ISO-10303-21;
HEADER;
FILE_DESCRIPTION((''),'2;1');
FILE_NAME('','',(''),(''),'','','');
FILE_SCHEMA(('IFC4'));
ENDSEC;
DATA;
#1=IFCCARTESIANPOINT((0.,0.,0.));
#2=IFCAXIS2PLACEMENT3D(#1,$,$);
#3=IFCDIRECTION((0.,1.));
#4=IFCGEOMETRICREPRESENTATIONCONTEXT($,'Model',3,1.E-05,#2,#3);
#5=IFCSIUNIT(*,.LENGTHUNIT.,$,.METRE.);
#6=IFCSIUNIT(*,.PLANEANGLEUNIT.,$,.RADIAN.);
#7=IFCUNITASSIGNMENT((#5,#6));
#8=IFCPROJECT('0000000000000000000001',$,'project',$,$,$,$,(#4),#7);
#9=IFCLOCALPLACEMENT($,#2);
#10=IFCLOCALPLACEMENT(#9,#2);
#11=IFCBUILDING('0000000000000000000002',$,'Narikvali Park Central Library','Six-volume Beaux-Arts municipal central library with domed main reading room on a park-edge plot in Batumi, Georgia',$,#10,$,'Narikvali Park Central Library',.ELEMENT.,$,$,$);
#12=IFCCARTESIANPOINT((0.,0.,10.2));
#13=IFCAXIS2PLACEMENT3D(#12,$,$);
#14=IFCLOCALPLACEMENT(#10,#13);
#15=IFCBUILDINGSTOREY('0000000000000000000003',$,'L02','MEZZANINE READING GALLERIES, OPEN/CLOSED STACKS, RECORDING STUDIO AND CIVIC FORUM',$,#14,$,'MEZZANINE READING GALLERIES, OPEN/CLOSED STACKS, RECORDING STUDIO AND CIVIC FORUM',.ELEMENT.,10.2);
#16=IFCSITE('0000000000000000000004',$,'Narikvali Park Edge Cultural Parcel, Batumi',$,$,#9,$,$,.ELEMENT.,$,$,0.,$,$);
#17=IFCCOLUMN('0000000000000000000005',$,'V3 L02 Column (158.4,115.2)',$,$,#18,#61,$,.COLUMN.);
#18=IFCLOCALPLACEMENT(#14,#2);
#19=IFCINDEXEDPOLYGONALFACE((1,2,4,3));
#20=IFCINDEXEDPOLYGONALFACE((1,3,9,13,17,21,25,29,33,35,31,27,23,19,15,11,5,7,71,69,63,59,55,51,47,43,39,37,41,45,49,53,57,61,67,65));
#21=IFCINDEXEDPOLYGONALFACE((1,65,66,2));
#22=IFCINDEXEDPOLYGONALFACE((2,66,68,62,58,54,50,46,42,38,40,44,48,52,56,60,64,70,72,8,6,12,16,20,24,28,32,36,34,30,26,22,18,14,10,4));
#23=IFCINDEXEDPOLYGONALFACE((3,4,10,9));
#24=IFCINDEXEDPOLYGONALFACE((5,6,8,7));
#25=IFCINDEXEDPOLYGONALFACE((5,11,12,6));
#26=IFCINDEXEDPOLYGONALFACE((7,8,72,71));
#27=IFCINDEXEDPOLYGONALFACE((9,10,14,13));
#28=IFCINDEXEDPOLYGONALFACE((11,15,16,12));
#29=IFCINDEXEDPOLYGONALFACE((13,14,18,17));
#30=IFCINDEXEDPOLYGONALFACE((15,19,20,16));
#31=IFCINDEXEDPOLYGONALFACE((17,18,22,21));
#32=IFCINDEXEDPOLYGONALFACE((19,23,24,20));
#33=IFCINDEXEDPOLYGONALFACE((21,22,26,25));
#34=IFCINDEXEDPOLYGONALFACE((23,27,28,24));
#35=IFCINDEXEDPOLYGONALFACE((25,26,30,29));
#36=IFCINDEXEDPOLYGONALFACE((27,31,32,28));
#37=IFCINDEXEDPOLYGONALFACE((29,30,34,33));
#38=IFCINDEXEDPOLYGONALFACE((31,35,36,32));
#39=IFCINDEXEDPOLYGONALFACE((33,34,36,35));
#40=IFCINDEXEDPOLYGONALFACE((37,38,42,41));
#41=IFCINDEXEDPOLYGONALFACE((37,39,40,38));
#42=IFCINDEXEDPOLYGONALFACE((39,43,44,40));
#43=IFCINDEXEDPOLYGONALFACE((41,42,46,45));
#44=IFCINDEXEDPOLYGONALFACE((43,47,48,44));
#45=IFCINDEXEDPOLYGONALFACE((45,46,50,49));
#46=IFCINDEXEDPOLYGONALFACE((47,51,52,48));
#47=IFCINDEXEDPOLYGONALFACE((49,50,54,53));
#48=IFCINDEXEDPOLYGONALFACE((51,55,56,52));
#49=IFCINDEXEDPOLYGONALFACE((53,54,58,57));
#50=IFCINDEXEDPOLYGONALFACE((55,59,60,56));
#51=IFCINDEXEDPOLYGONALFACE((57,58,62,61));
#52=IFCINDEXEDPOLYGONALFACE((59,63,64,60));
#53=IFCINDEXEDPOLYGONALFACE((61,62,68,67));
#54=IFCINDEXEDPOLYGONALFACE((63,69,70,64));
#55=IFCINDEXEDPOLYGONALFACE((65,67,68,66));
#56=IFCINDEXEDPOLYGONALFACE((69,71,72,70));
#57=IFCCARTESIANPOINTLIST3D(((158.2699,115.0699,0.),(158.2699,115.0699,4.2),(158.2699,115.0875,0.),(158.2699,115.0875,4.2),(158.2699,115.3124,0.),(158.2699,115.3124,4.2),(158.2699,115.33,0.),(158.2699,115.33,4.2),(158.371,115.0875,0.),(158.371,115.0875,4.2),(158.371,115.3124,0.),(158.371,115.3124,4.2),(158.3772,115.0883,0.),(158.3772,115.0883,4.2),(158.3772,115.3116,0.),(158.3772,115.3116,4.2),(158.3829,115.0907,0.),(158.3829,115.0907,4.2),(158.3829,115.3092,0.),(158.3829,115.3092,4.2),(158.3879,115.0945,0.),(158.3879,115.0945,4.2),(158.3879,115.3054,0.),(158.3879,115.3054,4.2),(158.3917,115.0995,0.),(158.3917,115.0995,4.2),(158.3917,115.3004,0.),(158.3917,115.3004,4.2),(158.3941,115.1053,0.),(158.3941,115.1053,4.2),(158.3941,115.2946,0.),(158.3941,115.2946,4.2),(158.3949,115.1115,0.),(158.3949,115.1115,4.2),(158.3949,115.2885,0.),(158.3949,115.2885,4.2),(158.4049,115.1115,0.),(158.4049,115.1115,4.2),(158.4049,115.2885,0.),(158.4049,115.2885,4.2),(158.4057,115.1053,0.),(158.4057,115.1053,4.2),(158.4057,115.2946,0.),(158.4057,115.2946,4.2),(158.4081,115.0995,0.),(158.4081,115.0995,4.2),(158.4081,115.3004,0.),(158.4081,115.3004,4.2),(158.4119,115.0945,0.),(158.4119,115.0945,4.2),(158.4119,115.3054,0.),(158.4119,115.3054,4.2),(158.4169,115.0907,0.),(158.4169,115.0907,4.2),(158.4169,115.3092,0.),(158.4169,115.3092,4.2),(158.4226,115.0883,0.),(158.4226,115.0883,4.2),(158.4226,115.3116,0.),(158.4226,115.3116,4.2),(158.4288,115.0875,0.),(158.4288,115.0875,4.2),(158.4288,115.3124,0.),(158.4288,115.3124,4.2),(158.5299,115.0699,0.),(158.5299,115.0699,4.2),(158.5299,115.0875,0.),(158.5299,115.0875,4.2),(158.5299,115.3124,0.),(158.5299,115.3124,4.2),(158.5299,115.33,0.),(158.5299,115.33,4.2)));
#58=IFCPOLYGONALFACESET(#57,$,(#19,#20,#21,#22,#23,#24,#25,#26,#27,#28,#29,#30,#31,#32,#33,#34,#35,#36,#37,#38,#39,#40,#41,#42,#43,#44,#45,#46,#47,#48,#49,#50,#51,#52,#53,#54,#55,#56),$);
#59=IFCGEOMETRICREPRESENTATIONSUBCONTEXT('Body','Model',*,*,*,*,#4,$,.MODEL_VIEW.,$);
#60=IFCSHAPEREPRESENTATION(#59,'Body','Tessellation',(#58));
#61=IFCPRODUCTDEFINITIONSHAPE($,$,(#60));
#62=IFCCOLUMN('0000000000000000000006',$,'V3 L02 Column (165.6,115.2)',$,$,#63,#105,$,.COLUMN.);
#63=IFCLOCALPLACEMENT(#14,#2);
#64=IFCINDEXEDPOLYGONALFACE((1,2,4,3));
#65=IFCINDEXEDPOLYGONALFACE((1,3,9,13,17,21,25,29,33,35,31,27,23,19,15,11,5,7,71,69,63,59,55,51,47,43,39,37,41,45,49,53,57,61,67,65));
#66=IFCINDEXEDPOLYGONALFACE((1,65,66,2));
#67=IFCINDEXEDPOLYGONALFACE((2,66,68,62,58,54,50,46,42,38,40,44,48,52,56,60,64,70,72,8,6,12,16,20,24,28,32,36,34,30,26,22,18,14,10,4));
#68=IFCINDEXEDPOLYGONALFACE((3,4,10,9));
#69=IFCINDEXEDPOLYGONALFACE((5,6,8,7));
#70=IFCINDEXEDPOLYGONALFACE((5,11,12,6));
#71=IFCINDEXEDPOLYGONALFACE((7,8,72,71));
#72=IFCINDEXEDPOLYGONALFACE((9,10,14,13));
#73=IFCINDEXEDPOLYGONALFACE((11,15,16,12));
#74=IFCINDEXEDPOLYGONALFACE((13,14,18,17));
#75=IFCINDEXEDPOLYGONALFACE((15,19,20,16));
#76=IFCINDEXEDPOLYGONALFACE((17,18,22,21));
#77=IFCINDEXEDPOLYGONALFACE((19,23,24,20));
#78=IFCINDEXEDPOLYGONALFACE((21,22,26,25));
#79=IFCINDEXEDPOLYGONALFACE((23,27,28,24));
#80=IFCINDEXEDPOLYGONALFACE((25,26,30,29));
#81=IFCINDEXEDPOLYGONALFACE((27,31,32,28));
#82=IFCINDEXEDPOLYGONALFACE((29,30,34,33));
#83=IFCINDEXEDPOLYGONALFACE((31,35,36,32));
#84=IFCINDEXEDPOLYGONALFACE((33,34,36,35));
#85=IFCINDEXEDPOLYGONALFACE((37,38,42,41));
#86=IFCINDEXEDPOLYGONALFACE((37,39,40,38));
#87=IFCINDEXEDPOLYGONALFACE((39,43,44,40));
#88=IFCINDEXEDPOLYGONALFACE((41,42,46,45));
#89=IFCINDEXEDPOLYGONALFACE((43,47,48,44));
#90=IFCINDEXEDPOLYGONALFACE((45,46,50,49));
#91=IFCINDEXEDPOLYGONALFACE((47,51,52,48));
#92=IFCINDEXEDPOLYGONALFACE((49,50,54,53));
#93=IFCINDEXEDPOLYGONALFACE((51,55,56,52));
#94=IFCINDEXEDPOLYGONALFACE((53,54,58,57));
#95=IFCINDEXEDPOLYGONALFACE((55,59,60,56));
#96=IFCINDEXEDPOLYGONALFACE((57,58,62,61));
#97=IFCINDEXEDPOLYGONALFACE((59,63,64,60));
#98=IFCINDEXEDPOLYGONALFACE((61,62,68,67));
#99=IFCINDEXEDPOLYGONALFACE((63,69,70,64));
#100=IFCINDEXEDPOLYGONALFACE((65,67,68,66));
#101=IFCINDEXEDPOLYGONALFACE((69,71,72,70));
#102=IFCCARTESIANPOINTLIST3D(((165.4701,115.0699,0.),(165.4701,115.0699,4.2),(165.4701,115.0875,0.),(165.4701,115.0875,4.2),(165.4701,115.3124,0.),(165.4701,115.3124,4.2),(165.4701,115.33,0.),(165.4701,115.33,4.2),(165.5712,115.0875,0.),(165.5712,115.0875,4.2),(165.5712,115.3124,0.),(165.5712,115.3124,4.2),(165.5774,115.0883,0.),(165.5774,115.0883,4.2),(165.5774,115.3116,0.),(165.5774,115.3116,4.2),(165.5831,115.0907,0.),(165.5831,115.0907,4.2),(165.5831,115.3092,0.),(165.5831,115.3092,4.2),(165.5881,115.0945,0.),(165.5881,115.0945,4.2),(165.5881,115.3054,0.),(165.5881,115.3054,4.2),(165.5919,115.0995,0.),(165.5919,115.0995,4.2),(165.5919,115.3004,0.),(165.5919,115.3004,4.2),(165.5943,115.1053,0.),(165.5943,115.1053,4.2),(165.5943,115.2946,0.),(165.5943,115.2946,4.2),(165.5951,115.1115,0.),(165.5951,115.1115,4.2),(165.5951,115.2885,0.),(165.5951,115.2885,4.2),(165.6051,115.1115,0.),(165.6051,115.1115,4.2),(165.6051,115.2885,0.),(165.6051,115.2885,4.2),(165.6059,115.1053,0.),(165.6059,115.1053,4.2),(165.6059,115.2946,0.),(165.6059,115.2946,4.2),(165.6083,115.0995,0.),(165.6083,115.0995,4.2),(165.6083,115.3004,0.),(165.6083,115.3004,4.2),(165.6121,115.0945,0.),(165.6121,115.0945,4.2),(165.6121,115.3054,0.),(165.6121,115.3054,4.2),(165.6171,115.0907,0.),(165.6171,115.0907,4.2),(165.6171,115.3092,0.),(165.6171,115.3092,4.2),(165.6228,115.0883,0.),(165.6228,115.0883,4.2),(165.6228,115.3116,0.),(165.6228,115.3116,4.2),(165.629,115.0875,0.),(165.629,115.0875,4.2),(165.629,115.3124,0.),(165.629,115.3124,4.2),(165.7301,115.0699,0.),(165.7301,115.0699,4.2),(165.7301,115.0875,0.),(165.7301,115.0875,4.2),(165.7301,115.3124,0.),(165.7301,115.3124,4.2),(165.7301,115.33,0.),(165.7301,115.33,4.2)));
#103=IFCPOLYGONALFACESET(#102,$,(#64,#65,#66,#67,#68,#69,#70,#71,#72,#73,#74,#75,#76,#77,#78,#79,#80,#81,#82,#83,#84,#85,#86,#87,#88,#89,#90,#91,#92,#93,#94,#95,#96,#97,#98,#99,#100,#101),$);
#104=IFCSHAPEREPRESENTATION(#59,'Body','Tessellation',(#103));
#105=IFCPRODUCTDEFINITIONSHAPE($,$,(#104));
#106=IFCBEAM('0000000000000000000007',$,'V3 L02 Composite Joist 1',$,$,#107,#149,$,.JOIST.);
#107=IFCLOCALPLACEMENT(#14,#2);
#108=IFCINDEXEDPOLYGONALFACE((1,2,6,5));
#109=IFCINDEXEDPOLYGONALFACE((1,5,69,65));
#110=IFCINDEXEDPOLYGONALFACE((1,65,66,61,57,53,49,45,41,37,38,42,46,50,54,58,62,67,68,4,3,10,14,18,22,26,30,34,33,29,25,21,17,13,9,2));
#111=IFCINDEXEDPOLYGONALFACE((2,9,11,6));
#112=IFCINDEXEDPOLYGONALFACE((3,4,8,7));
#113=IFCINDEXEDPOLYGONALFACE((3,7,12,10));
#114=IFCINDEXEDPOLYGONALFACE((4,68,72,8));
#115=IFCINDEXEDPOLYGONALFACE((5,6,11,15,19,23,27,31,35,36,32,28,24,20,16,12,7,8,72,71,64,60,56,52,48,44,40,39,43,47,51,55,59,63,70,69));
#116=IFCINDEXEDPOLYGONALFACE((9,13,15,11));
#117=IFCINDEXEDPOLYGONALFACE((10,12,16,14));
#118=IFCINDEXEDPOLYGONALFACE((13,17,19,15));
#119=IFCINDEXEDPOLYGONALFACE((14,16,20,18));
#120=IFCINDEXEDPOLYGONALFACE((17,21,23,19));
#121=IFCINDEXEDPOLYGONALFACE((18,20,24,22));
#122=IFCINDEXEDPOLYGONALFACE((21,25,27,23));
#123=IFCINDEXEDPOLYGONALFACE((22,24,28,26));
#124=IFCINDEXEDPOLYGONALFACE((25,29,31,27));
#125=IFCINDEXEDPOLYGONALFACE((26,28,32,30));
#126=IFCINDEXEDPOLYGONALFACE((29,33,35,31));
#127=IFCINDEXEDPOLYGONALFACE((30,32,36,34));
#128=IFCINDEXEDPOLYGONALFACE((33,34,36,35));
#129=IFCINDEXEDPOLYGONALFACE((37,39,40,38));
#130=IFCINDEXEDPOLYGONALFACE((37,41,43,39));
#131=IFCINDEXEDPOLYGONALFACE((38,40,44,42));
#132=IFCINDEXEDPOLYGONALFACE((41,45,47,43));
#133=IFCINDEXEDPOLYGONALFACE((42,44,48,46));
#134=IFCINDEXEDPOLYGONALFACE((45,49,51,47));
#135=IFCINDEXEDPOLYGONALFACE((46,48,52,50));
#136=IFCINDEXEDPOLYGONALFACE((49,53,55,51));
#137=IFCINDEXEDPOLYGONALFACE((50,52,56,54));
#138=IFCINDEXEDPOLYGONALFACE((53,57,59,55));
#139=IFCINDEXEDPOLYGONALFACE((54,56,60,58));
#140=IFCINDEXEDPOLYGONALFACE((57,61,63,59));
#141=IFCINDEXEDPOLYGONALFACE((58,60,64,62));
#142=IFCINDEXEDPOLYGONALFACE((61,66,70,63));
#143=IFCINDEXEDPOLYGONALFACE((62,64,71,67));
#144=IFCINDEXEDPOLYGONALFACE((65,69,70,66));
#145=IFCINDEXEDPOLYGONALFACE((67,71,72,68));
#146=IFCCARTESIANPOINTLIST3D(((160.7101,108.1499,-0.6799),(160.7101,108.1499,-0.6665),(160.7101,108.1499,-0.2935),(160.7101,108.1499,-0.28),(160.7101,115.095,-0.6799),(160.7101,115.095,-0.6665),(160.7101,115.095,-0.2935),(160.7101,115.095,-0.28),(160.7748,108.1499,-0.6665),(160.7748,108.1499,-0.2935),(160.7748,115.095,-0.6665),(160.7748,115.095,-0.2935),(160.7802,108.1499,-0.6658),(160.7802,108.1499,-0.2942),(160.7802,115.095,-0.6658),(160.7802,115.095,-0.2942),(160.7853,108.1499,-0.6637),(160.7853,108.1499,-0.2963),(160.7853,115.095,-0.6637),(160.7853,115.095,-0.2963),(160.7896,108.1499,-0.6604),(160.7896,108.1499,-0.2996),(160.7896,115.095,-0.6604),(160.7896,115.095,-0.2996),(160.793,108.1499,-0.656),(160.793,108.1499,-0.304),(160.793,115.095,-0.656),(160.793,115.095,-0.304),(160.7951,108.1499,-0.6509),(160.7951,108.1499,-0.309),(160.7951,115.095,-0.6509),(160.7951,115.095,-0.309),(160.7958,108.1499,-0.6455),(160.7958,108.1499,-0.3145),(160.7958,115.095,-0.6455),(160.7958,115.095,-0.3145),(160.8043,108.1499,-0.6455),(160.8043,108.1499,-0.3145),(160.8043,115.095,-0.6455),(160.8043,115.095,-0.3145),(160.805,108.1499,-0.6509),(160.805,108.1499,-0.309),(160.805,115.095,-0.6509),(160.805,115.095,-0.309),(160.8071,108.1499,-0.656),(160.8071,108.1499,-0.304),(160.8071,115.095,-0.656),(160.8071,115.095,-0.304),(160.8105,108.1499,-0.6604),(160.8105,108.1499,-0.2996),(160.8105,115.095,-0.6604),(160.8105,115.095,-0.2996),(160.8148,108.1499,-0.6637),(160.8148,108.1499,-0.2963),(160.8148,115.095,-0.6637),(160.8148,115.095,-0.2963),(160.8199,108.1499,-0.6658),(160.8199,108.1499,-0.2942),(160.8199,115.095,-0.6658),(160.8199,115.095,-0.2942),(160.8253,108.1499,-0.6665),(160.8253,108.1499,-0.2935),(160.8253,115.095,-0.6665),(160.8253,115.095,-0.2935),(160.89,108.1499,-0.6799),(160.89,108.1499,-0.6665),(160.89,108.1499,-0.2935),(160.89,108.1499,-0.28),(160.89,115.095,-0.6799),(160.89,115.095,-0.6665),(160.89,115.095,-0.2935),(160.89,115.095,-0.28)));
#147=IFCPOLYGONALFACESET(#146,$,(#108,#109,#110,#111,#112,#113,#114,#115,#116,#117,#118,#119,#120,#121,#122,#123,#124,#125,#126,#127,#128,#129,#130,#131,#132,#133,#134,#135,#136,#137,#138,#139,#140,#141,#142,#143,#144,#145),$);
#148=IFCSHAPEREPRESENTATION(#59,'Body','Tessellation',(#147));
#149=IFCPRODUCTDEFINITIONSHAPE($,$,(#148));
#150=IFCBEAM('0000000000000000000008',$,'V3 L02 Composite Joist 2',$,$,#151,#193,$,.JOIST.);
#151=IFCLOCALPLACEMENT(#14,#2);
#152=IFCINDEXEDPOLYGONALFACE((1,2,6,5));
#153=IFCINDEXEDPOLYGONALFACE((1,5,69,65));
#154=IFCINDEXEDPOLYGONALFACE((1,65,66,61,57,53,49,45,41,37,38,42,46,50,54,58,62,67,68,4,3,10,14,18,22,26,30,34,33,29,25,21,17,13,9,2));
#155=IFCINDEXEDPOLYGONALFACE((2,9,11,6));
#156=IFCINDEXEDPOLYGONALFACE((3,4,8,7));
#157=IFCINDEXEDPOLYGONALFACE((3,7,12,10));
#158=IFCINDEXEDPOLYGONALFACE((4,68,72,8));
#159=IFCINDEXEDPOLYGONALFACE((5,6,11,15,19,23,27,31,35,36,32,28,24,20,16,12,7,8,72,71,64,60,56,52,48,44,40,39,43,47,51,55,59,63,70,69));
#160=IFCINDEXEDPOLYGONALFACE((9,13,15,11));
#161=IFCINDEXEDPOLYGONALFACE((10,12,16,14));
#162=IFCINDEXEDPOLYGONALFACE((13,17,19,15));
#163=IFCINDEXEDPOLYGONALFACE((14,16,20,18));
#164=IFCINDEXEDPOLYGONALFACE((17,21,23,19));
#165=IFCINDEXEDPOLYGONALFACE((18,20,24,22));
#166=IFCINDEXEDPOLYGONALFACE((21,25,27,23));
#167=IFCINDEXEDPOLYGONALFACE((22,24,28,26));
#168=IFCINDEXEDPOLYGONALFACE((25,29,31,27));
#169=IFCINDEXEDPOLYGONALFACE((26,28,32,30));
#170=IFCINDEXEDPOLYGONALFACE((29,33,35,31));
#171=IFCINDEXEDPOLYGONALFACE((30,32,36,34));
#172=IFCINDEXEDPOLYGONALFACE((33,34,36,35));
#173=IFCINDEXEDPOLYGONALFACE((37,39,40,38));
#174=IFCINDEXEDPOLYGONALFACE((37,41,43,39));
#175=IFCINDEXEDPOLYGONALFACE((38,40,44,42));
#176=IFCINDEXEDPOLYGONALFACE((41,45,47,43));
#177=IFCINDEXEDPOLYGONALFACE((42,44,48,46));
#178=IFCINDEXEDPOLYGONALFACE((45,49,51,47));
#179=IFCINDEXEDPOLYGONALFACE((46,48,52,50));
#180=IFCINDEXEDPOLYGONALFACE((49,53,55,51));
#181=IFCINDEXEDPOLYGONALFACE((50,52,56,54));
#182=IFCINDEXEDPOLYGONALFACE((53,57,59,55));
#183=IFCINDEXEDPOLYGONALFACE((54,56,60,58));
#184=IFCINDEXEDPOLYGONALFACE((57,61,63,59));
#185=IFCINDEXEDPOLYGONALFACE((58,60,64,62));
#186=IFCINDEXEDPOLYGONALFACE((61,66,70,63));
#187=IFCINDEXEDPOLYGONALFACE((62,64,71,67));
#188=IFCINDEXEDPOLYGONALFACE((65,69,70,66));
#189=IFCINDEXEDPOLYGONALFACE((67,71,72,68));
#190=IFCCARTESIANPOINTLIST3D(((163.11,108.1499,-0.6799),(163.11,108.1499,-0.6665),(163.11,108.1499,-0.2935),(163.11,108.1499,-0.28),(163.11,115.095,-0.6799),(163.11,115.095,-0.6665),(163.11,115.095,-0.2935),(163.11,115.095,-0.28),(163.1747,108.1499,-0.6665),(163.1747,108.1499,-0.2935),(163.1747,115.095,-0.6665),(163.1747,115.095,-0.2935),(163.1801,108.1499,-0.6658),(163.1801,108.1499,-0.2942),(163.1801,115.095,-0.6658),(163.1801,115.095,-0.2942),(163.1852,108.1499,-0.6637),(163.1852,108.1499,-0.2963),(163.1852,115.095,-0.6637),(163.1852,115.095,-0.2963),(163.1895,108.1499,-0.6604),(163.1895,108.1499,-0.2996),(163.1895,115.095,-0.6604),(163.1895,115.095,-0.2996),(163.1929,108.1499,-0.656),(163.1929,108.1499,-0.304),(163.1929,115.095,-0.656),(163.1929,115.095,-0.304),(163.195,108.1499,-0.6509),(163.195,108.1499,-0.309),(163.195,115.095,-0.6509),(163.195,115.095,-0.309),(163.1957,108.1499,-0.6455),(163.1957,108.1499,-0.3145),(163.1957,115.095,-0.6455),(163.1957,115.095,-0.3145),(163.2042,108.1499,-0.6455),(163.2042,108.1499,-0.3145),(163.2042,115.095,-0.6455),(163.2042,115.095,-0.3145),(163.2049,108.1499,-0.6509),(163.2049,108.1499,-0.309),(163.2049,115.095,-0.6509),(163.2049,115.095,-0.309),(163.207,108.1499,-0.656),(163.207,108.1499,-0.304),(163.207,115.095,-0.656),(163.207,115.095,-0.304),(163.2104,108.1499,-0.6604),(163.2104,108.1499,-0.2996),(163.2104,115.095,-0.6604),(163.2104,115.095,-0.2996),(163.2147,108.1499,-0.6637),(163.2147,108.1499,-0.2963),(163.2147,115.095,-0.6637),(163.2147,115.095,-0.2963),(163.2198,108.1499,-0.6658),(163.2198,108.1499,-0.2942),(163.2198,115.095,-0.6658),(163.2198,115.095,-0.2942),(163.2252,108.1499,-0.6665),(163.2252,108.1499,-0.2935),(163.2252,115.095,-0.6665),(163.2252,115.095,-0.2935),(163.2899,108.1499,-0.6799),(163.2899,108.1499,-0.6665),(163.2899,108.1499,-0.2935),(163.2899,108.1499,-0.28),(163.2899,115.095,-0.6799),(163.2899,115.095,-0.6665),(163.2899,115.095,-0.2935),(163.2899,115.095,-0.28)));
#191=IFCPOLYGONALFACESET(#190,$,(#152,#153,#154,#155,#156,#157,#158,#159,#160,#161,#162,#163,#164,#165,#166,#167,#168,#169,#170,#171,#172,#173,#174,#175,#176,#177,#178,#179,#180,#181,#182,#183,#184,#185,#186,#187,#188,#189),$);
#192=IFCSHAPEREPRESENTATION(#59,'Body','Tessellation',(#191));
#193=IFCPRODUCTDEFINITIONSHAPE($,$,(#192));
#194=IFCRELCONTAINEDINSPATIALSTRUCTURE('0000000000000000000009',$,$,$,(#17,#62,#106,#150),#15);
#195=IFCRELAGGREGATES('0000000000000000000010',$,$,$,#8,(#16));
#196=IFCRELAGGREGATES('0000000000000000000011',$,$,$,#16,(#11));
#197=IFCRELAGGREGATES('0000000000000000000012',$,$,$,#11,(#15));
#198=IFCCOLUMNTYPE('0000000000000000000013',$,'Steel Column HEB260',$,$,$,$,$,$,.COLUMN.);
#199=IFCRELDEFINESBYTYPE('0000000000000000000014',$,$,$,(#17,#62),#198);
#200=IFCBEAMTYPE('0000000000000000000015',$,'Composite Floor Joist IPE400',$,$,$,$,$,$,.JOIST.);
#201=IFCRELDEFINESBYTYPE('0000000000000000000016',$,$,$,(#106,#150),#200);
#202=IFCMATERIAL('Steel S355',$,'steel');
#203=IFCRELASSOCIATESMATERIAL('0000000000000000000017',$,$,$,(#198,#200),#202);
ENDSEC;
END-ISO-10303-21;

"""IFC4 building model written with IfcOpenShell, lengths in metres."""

from ifc_helpers import new_model, si_unit, direction, frame, origin, origin_2d, place, context, subcontext, project, spatial, i_section, extrude, material, material_profile, profile_set, type_object, element, save


model = new_model("IFC4")

# Units and contexts
model_context = context("Model", 3, precision=1e-05, world=origin(), true_north=direction((0.0, 1.0)))
body_context = subcontext(model_context, "Body", "Model", "MODEL_VIEW")
ifc_project = project(units=[si_unit("LENGTHUNIT", "METRE"), si_unit("PLANEANGLEUNIT", "RADIAN")], contexts=[model_context])

# Site, building, storey
site_placement = place(None, origin())
site = spatial("IfcSite", under=ifc_project, at=site_placement, Name="Narikvali Park Edge Cultural Parcel, Batumi", CompositionType="ELEMENT", RefElevation=0.0)
building_placement = place(site_placement, origin())
building = spatial("IfcBuilding", under=site, at=building_placement, Name="Narikvali Park Central Library", Description="Six-volume Beaux-Arts municipal central library with domed main reading room on a park-edge plot in Batumi, Georgia", LongName="Narikvali Park Central Library", CompositionType="ELEMENT")
storey_placement = place(building_placement, frame((0.0, 0.0, 10.2)))
storey = spatial("IfcBuildingStorey", under=building, at=storey_placement, Name="L02", Description="MEZZANINE READING GALLERIES, OPEN/CLOSED STACKS, RECORDING STUDIO AND CIVIC FORUM", LongName="MEZZANINE READING GALLERIES, OPEN/CLOSED STACKS, RECORDING STUDIO AND CIVIC FORUM", CompositionType="ELEMENT", Elevation=10.2)

# Columns
ifc_material_1 = material(Name="Steel S355", Category="steel")
ifc_material_profile_1 = material_profile(ifc_material_1, i_section(OverallWidth=0.26, OverallDepth=0.26, WebThickness=0.01, FlangeThickness=0.0176, FilletRadius=0.0239, at=origin_2d()), Name="HEB 260")
ifc_profile_set_1 = profile_set([ifc_material_profile_1], Name="Steel S355")
column_type = type_object("IfcColumnType", Name="Steel Column HEB260", PredefinedType="COLUMN", material=ifc_profile_set_1)
for number, where, z_axis, x_axis, name in (
    (1, (158.3999, 115.2, 0.0), (0.0, 0.0, 1.0), (1.0, 0.0, 0.0), "V3 L02 Column (158.4,115.2)"),
    (2, (165.6001, 115.2, 0.0), (0.0, 0.0, 1.0), (1.0, 0.0, 0.0), "V3 L02 Column (165.6,115.2)"),
):
    element("IfcColumn", number, at=place(storey_placement, frame(where, z_axis=z_axis, x_axis=x_axis)), inside=storey, type_object=column_type, Name=name, PredefinedType="COLUMN", context=body_context, shape_type="SweptSolid", body=[
        extrude(i_section(OverallWidth=0.26, OverallDepth=0.26, WebThickness=0.01, FlangeThickness=0.0176, FilletRadius=0.0239, at=origin_2d()), origin(), (0.0, 0.0, 1.0), 4.2),
    ])

# Beams
ifc_material_profile_2 = material_profile(ifc_material_1, i_section(OverallWidth=0.1799, OverallDepth=0.3999, WebThickness=0.0085, FlangeThickness=0.0134, FilletRadius=0.021, at=origin_2d()), Name="IPE 400")
ifc_profile_set_2 = profile_set([ifc_material_profile_2], Name="Steel S355")
beam_type_1 = type_object("IfcBeamType", Name="Composite Floor Joist IPE400", PredefinedType="JOIST", material=ifc_profile_set_2)
for number, where, z_axis, x_axis, name in (
    (3, (160.8, 108.1499, -0.48), (0.0, 1.0, 0.0), (-1.0, 0.0, 0.0), "V3 L02 Composite Joist 1"),
    (4, (163.2, 108.1499, -0.48), (0.0, 1.0, 0.0), (-1.0, 0.0, 0.0), "V3 L02 Composite Joist 2"),
):
    element("IfcBeam", number, at=place(storey_placement, frame(where, z_axis=z_axis, x_axis=x_axis)), inside=storey, type_object=beam_type_1, Name=name, PredefinedType="JOIST", context=body_context, shape_type="SweptSolid", body=[
        extrude(i_section(OverallWidth=0.1799, OverallDepth=0.3999, WebThickness=0.0085, FlangeThickness=0.0134, FilletRadius=0.021, at=origin_2d()), origin(), (0.0, 0.0, 1.0), 6.9451),
    ])

save(model, "model.ifc")
